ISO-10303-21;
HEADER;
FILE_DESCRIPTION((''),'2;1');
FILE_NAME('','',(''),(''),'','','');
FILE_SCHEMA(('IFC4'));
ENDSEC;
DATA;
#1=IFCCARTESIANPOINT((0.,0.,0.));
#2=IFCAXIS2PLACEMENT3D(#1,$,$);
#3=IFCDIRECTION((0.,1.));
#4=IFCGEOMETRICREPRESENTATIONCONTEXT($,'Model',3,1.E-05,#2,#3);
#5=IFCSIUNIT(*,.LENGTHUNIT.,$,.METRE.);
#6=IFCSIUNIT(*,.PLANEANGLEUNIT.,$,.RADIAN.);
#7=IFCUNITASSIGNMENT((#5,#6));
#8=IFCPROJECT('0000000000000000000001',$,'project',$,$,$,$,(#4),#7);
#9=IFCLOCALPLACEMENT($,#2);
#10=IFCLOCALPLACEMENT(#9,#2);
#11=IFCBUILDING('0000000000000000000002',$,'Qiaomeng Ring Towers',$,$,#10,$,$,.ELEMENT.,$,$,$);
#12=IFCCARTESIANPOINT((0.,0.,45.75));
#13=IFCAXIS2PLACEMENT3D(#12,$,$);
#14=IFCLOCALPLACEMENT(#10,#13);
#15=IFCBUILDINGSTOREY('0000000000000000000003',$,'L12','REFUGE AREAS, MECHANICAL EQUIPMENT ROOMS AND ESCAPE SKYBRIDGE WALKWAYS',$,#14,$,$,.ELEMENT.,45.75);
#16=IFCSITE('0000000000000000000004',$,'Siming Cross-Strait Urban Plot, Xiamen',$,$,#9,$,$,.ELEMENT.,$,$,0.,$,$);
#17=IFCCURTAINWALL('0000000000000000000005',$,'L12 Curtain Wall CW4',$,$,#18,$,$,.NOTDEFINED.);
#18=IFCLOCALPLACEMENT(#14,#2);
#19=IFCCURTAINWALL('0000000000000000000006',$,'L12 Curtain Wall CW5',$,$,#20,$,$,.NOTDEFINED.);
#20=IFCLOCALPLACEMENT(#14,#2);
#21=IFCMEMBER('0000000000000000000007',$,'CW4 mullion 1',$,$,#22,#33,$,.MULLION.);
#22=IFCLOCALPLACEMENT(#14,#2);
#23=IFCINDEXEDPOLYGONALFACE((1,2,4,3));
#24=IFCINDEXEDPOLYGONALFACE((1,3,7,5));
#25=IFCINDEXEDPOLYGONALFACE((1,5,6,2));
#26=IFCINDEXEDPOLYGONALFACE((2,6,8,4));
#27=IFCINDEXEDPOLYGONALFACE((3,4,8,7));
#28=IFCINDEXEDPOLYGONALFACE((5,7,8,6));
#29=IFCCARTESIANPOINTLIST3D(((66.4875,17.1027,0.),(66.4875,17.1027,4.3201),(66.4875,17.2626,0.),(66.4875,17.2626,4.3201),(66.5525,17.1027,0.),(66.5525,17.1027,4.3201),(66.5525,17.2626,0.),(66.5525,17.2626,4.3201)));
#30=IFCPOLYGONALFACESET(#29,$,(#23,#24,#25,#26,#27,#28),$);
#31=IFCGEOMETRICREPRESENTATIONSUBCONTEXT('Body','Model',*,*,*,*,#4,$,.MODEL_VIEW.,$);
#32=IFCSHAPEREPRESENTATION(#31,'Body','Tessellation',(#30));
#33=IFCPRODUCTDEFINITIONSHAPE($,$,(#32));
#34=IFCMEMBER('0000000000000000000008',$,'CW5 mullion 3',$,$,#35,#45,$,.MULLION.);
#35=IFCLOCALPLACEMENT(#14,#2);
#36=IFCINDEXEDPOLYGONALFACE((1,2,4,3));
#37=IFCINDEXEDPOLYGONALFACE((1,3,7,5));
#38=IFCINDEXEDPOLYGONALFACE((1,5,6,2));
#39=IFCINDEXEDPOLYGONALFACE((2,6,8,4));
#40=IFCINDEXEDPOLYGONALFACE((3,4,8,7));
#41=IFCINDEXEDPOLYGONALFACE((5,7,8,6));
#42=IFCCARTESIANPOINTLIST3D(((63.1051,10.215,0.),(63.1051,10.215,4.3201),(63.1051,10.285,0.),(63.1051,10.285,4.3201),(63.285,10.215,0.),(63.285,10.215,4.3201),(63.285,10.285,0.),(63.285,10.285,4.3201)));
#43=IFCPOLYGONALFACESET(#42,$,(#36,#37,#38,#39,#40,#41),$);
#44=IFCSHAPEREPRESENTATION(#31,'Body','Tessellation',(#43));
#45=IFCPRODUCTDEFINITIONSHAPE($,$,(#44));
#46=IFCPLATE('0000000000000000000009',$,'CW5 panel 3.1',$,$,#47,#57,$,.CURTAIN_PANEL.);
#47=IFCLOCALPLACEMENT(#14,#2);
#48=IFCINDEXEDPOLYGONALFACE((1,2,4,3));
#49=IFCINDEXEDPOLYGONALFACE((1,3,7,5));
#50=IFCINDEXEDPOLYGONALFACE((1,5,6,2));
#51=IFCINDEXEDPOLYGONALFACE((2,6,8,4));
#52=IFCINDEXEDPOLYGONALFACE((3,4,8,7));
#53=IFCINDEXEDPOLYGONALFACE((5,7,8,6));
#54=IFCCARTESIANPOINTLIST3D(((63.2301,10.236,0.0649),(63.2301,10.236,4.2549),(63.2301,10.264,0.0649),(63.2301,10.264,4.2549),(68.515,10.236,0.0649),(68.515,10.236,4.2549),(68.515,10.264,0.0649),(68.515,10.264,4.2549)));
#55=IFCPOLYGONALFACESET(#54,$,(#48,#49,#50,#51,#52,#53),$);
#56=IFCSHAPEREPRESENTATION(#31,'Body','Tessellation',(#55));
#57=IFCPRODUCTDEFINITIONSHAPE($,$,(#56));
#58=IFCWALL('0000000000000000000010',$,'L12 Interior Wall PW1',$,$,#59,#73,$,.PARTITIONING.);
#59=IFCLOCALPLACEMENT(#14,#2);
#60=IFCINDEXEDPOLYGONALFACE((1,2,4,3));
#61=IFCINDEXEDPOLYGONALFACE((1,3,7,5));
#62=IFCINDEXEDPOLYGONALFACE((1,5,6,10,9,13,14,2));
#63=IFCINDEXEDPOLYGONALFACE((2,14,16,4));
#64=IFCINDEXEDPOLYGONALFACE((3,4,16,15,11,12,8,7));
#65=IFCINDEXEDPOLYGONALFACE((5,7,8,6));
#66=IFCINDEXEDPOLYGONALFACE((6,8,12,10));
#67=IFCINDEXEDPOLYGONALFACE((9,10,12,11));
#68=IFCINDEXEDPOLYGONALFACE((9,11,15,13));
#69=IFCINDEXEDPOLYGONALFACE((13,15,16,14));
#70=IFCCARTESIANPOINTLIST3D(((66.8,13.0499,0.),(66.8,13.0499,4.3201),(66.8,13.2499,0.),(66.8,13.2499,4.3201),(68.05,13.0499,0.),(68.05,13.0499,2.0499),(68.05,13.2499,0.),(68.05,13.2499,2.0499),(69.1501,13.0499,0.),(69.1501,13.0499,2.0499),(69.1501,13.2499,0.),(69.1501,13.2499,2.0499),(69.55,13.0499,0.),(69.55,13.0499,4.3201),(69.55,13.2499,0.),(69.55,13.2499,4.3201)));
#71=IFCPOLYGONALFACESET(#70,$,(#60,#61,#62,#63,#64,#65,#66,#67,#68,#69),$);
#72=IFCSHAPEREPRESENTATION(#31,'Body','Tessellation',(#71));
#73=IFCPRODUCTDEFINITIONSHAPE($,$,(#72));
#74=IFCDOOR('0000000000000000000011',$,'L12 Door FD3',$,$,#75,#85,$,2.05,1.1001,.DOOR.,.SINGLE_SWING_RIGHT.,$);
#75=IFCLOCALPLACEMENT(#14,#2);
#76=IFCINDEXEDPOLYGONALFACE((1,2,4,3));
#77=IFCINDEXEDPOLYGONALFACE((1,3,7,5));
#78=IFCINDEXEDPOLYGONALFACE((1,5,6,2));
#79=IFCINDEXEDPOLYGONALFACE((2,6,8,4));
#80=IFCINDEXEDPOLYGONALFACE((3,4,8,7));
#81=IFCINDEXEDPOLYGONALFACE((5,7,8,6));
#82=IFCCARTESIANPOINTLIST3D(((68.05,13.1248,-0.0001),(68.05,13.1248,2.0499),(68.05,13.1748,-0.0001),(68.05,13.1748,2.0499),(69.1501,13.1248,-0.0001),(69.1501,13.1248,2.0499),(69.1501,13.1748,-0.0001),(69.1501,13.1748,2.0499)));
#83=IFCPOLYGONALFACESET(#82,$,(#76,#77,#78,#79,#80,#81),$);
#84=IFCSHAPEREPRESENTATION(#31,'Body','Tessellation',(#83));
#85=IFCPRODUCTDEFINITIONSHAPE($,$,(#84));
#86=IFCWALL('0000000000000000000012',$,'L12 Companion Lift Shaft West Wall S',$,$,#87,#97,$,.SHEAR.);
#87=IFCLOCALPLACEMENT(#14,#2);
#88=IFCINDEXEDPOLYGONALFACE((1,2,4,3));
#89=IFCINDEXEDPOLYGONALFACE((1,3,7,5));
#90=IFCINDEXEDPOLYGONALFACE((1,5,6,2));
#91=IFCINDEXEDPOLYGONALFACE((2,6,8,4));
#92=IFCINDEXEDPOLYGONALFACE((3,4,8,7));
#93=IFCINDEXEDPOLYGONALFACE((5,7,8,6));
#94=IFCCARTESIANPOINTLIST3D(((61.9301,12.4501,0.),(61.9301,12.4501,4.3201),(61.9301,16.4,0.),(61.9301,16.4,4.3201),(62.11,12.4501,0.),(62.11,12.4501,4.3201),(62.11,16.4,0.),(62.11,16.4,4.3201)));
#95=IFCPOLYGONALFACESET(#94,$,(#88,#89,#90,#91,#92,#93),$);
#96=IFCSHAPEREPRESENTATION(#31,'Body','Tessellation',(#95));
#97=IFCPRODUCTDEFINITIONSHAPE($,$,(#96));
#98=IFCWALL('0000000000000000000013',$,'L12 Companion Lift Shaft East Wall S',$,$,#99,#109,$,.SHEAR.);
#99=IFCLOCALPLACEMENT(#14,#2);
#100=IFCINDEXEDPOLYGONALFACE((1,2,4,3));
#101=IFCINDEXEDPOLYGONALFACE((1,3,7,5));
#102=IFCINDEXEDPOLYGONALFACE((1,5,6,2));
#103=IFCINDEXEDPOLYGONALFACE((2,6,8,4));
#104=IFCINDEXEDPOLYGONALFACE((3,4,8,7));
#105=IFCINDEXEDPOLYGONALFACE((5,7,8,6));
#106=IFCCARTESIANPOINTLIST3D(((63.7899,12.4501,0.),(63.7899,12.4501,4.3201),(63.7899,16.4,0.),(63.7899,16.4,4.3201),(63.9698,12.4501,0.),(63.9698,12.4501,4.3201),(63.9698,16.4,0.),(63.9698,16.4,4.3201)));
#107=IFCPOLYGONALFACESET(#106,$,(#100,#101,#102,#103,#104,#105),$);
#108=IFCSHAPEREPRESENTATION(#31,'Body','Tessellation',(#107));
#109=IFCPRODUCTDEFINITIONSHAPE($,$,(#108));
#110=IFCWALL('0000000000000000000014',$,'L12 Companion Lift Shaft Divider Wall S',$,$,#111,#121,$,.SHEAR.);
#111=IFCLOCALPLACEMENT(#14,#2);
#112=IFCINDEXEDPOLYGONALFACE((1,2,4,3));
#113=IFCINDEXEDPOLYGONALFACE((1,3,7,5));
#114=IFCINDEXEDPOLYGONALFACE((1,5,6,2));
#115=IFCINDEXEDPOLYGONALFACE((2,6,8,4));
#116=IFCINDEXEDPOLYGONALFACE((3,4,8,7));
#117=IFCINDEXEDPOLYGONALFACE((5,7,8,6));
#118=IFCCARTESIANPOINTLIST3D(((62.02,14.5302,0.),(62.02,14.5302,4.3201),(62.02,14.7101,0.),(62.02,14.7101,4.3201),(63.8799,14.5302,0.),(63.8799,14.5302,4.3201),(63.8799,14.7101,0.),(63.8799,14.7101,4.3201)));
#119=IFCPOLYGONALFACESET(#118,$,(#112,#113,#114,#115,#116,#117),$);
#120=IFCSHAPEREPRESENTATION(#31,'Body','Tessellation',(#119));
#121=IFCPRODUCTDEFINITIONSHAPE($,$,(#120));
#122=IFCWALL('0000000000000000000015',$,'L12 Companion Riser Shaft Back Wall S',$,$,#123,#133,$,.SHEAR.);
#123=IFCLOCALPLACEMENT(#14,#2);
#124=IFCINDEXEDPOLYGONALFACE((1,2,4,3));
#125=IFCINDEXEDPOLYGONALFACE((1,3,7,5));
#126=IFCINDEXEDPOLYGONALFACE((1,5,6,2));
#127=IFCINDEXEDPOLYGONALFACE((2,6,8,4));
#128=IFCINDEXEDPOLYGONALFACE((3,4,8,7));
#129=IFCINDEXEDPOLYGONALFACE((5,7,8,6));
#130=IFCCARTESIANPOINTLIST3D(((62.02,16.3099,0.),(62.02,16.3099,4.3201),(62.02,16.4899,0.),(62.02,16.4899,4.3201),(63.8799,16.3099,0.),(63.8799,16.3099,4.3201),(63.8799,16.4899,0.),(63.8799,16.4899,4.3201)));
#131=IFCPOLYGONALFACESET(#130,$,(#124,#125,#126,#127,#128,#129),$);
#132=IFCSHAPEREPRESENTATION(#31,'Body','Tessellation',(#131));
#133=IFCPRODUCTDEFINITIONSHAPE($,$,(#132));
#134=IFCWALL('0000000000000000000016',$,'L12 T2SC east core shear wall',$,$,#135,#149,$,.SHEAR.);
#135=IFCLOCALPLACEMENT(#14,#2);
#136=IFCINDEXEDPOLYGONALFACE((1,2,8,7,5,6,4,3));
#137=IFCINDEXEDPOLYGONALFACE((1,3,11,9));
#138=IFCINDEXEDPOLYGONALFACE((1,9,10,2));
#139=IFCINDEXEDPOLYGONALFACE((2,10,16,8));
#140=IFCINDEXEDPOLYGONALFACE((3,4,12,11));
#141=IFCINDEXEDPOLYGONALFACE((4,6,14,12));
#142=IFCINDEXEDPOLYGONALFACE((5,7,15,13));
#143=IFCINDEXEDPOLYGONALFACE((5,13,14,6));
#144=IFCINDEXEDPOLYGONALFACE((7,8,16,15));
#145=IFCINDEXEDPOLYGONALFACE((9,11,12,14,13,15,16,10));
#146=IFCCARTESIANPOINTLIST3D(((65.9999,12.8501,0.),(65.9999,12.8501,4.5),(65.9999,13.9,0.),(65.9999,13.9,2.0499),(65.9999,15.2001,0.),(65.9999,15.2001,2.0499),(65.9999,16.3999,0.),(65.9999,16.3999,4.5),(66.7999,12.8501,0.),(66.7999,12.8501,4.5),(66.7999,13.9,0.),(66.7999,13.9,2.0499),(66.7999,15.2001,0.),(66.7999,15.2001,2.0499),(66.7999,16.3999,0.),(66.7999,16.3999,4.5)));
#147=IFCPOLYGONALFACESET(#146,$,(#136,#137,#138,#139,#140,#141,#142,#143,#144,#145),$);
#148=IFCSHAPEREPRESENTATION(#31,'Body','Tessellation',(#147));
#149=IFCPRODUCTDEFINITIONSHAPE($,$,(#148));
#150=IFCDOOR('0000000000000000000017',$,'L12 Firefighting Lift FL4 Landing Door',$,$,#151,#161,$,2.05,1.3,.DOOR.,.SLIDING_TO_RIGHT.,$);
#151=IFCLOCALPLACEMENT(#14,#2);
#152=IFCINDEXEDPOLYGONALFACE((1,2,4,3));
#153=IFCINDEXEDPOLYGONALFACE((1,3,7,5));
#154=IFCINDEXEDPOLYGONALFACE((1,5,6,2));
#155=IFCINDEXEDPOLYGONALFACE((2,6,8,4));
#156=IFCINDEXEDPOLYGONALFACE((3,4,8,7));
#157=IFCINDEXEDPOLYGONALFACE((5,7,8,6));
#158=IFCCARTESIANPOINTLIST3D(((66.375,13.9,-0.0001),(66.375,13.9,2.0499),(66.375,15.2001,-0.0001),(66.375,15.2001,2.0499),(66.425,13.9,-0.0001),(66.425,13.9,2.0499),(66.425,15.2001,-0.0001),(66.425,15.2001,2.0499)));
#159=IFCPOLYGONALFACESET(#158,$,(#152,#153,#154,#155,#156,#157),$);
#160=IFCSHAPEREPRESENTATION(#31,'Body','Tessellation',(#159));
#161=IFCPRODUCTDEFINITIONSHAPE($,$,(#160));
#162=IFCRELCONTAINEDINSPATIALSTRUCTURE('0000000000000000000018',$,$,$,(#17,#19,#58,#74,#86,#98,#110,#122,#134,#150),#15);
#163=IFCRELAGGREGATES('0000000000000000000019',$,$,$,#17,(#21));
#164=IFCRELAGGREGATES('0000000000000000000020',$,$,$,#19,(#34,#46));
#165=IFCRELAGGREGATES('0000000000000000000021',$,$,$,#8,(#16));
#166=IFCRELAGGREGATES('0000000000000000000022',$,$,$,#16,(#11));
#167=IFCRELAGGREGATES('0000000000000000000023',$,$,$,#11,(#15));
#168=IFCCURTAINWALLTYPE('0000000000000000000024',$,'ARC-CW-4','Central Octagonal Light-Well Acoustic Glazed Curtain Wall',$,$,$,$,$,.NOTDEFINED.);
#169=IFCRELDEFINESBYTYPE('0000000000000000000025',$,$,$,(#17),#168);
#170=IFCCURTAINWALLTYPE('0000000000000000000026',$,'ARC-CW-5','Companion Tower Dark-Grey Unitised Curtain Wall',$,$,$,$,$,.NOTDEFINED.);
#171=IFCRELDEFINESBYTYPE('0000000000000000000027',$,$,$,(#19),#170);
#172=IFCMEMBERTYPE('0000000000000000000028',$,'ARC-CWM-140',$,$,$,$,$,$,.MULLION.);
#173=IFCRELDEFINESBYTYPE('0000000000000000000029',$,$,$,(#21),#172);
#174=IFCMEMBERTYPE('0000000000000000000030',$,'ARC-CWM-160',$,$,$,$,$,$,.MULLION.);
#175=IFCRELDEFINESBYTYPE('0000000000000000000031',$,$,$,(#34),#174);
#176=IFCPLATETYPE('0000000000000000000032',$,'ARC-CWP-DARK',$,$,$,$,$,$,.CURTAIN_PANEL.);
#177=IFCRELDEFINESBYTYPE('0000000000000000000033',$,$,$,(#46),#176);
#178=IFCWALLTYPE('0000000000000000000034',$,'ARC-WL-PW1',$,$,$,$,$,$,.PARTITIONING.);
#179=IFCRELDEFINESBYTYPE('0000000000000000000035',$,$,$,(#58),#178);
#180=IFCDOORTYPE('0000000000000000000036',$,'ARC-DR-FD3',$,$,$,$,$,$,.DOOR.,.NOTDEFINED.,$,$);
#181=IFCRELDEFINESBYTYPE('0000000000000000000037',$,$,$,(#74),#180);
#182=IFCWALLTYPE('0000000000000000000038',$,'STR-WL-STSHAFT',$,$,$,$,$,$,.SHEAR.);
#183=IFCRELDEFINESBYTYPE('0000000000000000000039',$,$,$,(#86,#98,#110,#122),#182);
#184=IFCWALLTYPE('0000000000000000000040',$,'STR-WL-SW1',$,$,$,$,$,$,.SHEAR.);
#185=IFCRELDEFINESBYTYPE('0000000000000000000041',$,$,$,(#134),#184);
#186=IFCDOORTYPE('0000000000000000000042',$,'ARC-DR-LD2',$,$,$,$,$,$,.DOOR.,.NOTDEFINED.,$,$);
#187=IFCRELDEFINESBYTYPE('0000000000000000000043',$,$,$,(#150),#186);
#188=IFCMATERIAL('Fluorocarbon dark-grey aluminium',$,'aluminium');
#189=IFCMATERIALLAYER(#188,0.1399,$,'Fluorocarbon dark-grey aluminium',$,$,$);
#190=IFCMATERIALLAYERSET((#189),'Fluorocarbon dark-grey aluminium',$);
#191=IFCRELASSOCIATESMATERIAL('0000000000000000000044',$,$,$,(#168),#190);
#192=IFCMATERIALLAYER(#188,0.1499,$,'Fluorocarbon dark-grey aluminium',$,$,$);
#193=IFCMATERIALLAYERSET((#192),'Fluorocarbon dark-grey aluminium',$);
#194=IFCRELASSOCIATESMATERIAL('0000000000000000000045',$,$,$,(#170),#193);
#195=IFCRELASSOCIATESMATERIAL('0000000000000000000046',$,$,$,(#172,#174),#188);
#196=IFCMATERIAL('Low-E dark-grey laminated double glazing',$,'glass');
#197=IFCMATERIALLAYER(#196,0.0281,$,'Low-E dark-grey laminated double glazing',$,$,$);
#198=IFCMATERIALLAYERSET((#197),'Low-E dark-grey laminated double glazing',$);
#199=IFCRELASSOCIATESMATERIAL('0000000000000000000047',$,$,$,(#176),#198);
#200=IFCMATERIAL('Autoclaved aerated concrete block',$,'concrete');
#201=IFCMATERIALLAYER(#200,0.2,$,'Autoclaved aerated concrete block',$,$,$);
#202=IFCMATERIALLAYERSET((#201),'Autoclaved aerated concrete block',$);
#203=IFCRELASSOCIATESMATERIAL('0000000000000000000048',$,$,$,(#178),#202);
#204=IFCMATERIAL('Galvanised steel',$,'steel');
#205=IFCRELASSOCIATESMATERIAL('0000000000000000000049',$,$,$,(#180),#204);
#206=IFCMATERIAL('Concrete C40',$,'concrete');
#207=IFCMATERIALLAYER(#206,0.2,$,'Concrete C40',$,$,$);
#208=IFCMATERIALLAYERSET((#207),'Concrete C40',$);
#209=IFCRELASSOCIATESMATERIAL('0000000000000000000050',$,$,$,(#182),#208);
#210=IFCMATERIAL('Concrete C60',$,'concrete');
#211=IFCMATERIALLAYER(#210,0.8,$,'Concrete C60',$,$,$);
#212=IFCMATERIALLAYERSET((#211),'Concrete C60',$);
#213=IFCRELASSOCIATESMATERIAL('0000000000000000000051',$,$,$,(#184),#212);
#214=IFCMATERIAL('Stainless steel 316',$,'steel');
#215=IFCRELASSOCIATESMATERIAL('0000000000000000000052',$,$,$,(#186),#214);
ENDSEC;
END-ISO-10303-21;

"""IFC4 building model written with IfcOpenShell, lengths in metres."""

from ifc_helpers import new_model, si_unit, direction, frame, frame_2d, origin, origin_2d, place, context, subcontext, project, spatial, rectangle, extrude, source, transform, mapped, material, layer, layer_set, material_profile, profile_set, type_object, element, fill, aggregate, save


model = new_model("IFC4")

# Units and contexts
model_context = context("Model", 3, precision=1e-05, world=origin(), true_north=direction((0.0, 1.0)))
body_context = subcontext(model_context, "Body", "Model", "MODEL_VIEW")
ifc_project = project(units=[si_unit("LENGTHUNIT", "METRE"), si_unit("PLANEANGLEUNIT", "RADIAN")], contexts=[model_context])

# Site, building, storey
site_placement = place(None, origin())
site = spatial("IfcSite", under=ifc_project, at=site_placement, Name="Siming Cross-Strait Urban Plot, Xiamen", CompositionType="ELEMENT", RefElevation=0.0)
building_placement = place(site_placement, origin())
building = spatial("IfcBuilding", under=site, at=building_placement, Name="Qiaomeng Ring Towers", CompositionType="ELEMENT")
storey_placement = place(building_placement, frame((0.0, 0.0, 45.75)))
storey = spatial("IfcBuildingStorey", under=building, at=storey_placement, Name="L12", Description="REFUGE AREAS, MECHANICAL EQUIPMENT ROOMS AND ESCAPE SKYBRIDGE WALKWAYS", CompositionType="ELEMENT", Elevation=45.75)

# Curtain walls
ifc_material_1 = material(Name="Fluorocarbon dark-grey aluminium", Category="aluminium")
ifc_layer_1 = layer(ifc_material_1, 0.1399, Name="Fluorocarbon dark-grey aluminium")
ifc_layer_set_1 = layer_set([ifc_layer_1], Name="Fluorocarbon dark-grey aluminium")
curtain_wall_type_1 = type_object("IfcCurtainWallType", Name="ARC-CW-4", Description="Central Octagonal Light-Well Acoustic Glazed Curtain Wall", PredefinedType="NOTDEFINED", material=ifc_layer_set_1)
curtain_wall_1_placement = place(storey_placement, origin())
curtain_wall_1 = element("IfcCurtainWall", 1, at=curtain_wall_1_placement, inside=storey, type_object=curtain_wall_type_1, Name="L12 Curtain Wall CW4", PredefinedType="NOTDEFINED")
ifc_layer_2 = layer(ifc_material_1, 0.1499, Name="Fluorocarbon dark-grey aluminium")
ifc_layer_set_2 = layer_set([ifc_layer_2], Name="Fluorocarbon dark-grey aluminium")
curtain_wall_type_2 = type_object("IfcCurtainWallType", Name="ARC-CW-5", Description="Companion Tower Dark-Grey Unitised Curtain Wall", PredefinedType="NOTDEFINED", material=ifc_layer_set_2)
curtain_wall_2_placement = place(storey_placement, origin())
curtain_wall_2 = element("IfcCurtainWall", 2, at=curtain_wall_2_placement, inside=storey, type_object=curtain_wall_type_2, Name="L12 Curtain Wall CW5", PredefinedType="NOTDEFINED")

# Members
ifc_material_profile_1 = material_profile(ifc_material_1, rectangle(XDim=0.0649, YDim=0.1599, at=origin_2d()), Name="ALU MULL 65x160")
ifc_profile_set_1 = profile_set([ifc_material_profile_1], Name="Fluorocarbon dark-grey aluminium")
member_type_1 = type_object("IfcMemberType", Name="ARC-CWM-140", PredefinedType="MULLION", material=ifc_profile_set_1)
shared_shape_1 = source(origin(), body_context, "Body", "SweptSolid", [
    extrude(rectangle(XDim=0.0649, YDim=0.1599, at=origin_2d()), origin(), (0.0, 0.0, 1.0), 4.3201),
])
member_1_placement = place(storey_placement, frame((66.52, 17.1826, 0.0), z_axis=(0.0, 0.0, 1.0), x_axis=(-1.0, 0.0, 0.0)))
member_1 = element("IfcMember", 3, at=member_1_placement, type_object=member_type_1, Name="CW4 mullion 1", PredefinedType="MULLION", context=body_context, shape_type="MappedRepresentation", body=[
    mapped(shared_shape_1, transform((0.0, 0.0, 0.0), x_axis=(1.0, 0.0, 0.0), y_axis=(0.0, 1.0, 0.0), z_axis=(0.0, 0.0, 1.0), scale=1.0)),
])
aggregate(curtain_wall_1, [member_1])
ifc_material_profile_2 = material_profile(ifc_material_1, rectangle(XDim=0.0701, YDim=0.1799, at=origin_2d()), Name="ALU MULL 70x180")
ifc_profile_set_2 = profile_set([ifc_material_profile_2], Name="Fluorocarbon dark-grey aluminium")
member_type_2 = type_object("IfcMemberType", Name="ARC-CWM-160", PredefinedType="MULLION", material=ifc_profile_set_2)
shared_shape_2 = source(origin(), body_context, "Body", "SweptSolid", [
    extrude(rectangle(XDim=0.0701, YDim=0.1799, at=origin_2d()), origin(), (0.0, 0.0, 1.0), 4.3201),
])
member_2_placement = place(storey_placement, frame((63.1951, 10.25, 0.0), z_axis=(0.0, 0.0, 1.0), x_axis=(0.0, 1.0, 0.0)))
member_2 = element("IfcMember", 4, at=member_2_placement, type_object=member_type_2, Name="CW5 mullion 3", PredefinedType="MULLION", context=body_context, shape_type="MappedRepresentation", body=[
    mapped(shared_shape_2, transform((0.0, 0.0, 0.0), x_axis=(1.0, 0.0, 0.0), y_axis=(0.0, 1.0, 0.0), z_axis=(0.0, 0.0, 1.0), scale=1.0)),
])

# Plate
ifc_material_2 = material(Name="Low-E dark-grey laminated double glazing", Category="glass")
ifc_layer_3 = layer(ifc_material_2, 0.0281, Name="Low-E dark-grey laminated double glazing")
ifc_layer_set_3 = layer_set([ifc_layer_3], Name="Low-E dark-grey laminated double glazing")
plate_type = type_object("IfcPlateType", Name="ARC-CWP-DARK", PredefinedType="CURTAIN_PANEL", material=ifc_layer_set_3)
shared_shape_3 = source(origin(), body_context, "Body", "SweptSolid", [
    extrude(rectangle(XDim=5.2849, YDim=0.0281, at=origin_2d()), origin(), (0.0, 0.0, 1.0), 4.1899),
])
plate_placement = place(storey_placement, frame((65.8726, 10.25, 0.0649), z_axis=(0.0, 0.0, 1.0), x_axis=(1.0, 0.0, 0.0)))
plate = element("IfcPlate", 5, at=plate_placement, type_object=plate_type, Name="CW5 panel 3.1", PredefinedType="CURTAIN_PANEL", context=body_context, shape_type="MappedRepresentation", body=[
    mapped(shared_shape_3, transform((0.0, 0.0, 0.0), x_axis=(1.0, 0.0, 0.0), y_axis=(0.0, 1.0, 0.0), z_axis=(0.0, 0.0, 1.0), scale=1.0)),
])
aggregate(curtain_wall_2, [member_2, plate])

# Wall, opening, door
ifc_material_3 = material(Name="Autoclaved aerated concrete block", Category="concrete")
ifc_layer_4 = layer(ifc_material_3, 0.2, Name="Autoclaved aerated concrete block")
ifc_layer_set_4 = layer_set([ifc_layer_4], Name="Autoclaved aerated concrete block")
wall_type_1 = type_object("IfcWallType", Name="ARC-WL-PW1", PredefinedType="PARTITIONING", material=ifc_layer_set_4)
wall_1_placement = place(storey_placement, frame((66.8, 13.1499, 0.0), z_axis=(0.0, 0.0, 1.0), x_axis=(1.0, 0.0, 0.0)))
wall_1 = element("IfcWall", 6, at=wall_1_placement, inside=storey, type_object=wall_type_1, Name="L12 Interior Wall PW1", PredefinedType="PARTITIONING", context=body_context, shape_type="SweptSolid", body=[
    extrude(rectangle(XDim=2.75, YDim=0.2, at=frame_2d((1.375, 0.0))), origin(), (0.0, 0.0, 1.0), 4.3201),
])
opening_1_placement = place(wall_1_placement, frame((1.25, 0.0, 0.0)))
opening_1 = element("IfcOpeningElement", 7, at=opening_1_placement, cuts=wall_1, PredefinedType="OPENING", context=body_context, shape_type="SweptSolid", body=[
    extrude(rectangle(XDim=1.1001, YDim=2.05, at=frame_2d((0.55, 1.0249))), frame((0.0, 0.1099, 0.0), z_axis=(0.0, -1.0, 0.0), x_axis=(1.0, 0.0, 0.0)), (0.0, 0.0, 1.0), 0.22),
])
ifc_material_4 = material(Name="Galvanised steel", Category="steel")
door_type_1 = type_object("IfcDoorType", Name="ARC-DR-FD3", OperationType="NOTDEFINED", PredefinedType="DOOR", material=ifc_material_4)
shared_shape_4 = source(origin(), body_context, "Body", "SweptSolid", [
    extrude(rectangle(XDim=1.1001, YDim=2.05, at=frame_2d((0.55, 1.0249))), frame((0.0, 0.0249, 0.0), z_axis=(0.0, -1.0, 0.0), x_axis=(1.0, 0.0, 0.0)), (0.0, 0.0, 1.0), 0.05),
])
door_1_placement = place(opening_1_placement, origin())
door_1 = element("IfcDoor", 8, at=door_1_placement, inside=storey, type_object=door_type_1, Name="L12 Door FD3", OperationType="SINGLE_SWING_RIGHT", OverallHeight=2.05, OverallWidth=1.1001, PredefinedType="DOOR", context=body_context, shape_type="MappedRepresentation", body=[
    mapped(shared_shape_4, transform((0.0, 0.0, 0.0), x_axis=(1.0, 0.0, 0.0), y_axis=(0.0, 1.0, 0.0), z_axis=(0.0, 0.0, 1.0), scale=1.0)),
])
fill(opening_1, door_1)

# Walls
ifc_material_5 = material(Name="Concrete C40", Category="concrete")
ifc_layer_5 = layer(ifc_material_5, 0.2, Name="Concrete C40")
ifc_layer_set_5 = layer_set([ifc_layer_5], Name="Concrete C40")
wall_type_2 = type_object("IfcWallType", Name="STR-WL-STSHAFT", PredefinedType="SHEAR", material=ifc_layer_set_5)
for number, where, z_axis, x_axis, name in (
    (9, (62.02, 12.45, 0.0), (0.0, 0.0, 1.0), (0.0, 1.0, 0.0), "L12 Companion Lift Shaft West Wall S"),
    (10, (63.8799, 12.45, 0.0), (0.0, 0.0, 1.0), (0.0, 1.0, 0.0), "L12 Companion Lift Shaft East Wall S"),
):
    element("IfcWall", number, at=place(storey_placement, frame(where, z_axis=z_axis, x_axis=x_axis)), inside=storey, type_object=wall_type_2, Name=name, PredefinedType="SHEAR", context=body_context, shape_type="SweptSolid", body=[
        extrude(rectangle(XDim=3.95, YDim=0.1799, at=frame_2d((1.9751, 0.0))), origin(), (0.0, 0.0, 1.0), 4.3201),
    ])
for number, where, z_axis, x_axis, name in (
    (11, (62.02, 14.6201, 0.0), (0.0, 0.0, 1.0), (1.0, 0.0, 0.0), "L12 Companion Lift Shaft Divider Wall S"),
    (12, (62.02, 16.3999, 0.0), (0.0, 0.0, 1.0), (1.0, 0.0, 0.0), "L12 Companion Riser Shaft Back Wall S"),
):
    element("IfcWall", number, at=place(storey_placement, frame(where, z_axis=z_axis, x_axis=x_axis)), inside=storey, type_object=wall_type_2, Name=name, PredefinedType="SHEAR", context=body_context, shape_type="SweptSolid", body=[
        extrude(rectangle(XDim=1.8599, YDim=0.1799, at=frame_2d((0.9299, 0.0))), origin(), (0.0, 0.0, 1.0), 4.3201),
    ])

# Wall, opening, door
ifc_material_6 = material(Name="Concrete C60", Category="concrete")
ifc_layer_6 = layer(ifc_material_6, 0.8, Name="Concrete C60")
ifc_layer_set_6 = layer_set([ifc_layer_6], Name="Concrete C60")
wall_type_3 = type_object("IfcWallType", Name="STR-WL-SW1", PredefinedType="SHEAR", material=ifc_layer_set_6)
wall_2_placement = place(storey_placement, frame((66.3999, 12.8501, 0.0), z_axis=(0.0, 0.0, 1.0), x_axis=(0.0, 1.0, 0.0)))
wall_2 = element("IfcWall", 13, at=wall_2_placement, inside=storey, type_object=wall_type_3, Name="L12 T2SC east core shear wall", PredefinedType="SHEAR", context=body_context, shape_type="SweptSolid", body=[
    extrude(rectangle(XDim=3.5498, YDim=0.8, at=frame_2d((1.7749, 0.0))), origin(), (0.0, 0.0, 1.0), 4.5),
])
opening_2_placement = place(wall_2_placement, frame((1.05, 0.0, 0.0)))
opening_2 = element("IfcOpeningElement", 14, at=opening_2_placement, cuts=wall_2, PredefinedType="OPENING", context=body_context, shape_type="SweptSolid", body=[
    extrude(rectangle(XDim=1.3, YDim=2.05, at=frame_2d((0.6499, 1.0249))), frame((0.0, 0.4099, 0.0), z_axis=(0.0, -1.0, 0.0), x_axis=(1.0, 0.0, 0.0)), (0.0, 0.0, 1.0), 0.8201),
])
ifc_material_7 = material(Name="Stainless steel 316", Category="steel")
door_type_2 = type_object("IfcDoorType", Name="ARC-DR-LD2", OperationType="NOTDEFINED", PredefinedType="DOOR", material=ifc_material_7)
shared_shape_5 = source(origin(), body_context, "Body", "SweptSolid", [
    extrude(rectangle(XDim=1.3, YDim=2.05, at=frame_2d((0.6499, 1.0249))), frame((0.0, 0.0249, 0.0), z_axis=(0.0, -1.0, 0.0), x_axis=(1.0, 0.0, 0.0)), (0.0, 0.0, 1.0), 0.05),
])
door_2_placement = place(opening_2_placement, origin())
door_2 = element("IfcDoor", 15, at=door_2_placement, inside=storey, type_object=door_type_2, Name="L12 Firefighting Lift FL4 Landing Door", OperationType="SLIDING_TO_RIGHT", OverallHeight=2.05, OverallWidth=1.3, PredefinedType="DOOR", context=body_context, shape_type="MappedRepresentation", body=[
    mapped(shared_shape_5, transform((0.0, 0.0, 0.0), x_axis=(1.0, 0.0, 0.0), y_axis=(0.0, 1.0, 0.0), z_axis=(0.0, 0.0, 1.0), scale=1.0)),
])
fill(opening_2, door_2)

save(model, "model.ifc")
